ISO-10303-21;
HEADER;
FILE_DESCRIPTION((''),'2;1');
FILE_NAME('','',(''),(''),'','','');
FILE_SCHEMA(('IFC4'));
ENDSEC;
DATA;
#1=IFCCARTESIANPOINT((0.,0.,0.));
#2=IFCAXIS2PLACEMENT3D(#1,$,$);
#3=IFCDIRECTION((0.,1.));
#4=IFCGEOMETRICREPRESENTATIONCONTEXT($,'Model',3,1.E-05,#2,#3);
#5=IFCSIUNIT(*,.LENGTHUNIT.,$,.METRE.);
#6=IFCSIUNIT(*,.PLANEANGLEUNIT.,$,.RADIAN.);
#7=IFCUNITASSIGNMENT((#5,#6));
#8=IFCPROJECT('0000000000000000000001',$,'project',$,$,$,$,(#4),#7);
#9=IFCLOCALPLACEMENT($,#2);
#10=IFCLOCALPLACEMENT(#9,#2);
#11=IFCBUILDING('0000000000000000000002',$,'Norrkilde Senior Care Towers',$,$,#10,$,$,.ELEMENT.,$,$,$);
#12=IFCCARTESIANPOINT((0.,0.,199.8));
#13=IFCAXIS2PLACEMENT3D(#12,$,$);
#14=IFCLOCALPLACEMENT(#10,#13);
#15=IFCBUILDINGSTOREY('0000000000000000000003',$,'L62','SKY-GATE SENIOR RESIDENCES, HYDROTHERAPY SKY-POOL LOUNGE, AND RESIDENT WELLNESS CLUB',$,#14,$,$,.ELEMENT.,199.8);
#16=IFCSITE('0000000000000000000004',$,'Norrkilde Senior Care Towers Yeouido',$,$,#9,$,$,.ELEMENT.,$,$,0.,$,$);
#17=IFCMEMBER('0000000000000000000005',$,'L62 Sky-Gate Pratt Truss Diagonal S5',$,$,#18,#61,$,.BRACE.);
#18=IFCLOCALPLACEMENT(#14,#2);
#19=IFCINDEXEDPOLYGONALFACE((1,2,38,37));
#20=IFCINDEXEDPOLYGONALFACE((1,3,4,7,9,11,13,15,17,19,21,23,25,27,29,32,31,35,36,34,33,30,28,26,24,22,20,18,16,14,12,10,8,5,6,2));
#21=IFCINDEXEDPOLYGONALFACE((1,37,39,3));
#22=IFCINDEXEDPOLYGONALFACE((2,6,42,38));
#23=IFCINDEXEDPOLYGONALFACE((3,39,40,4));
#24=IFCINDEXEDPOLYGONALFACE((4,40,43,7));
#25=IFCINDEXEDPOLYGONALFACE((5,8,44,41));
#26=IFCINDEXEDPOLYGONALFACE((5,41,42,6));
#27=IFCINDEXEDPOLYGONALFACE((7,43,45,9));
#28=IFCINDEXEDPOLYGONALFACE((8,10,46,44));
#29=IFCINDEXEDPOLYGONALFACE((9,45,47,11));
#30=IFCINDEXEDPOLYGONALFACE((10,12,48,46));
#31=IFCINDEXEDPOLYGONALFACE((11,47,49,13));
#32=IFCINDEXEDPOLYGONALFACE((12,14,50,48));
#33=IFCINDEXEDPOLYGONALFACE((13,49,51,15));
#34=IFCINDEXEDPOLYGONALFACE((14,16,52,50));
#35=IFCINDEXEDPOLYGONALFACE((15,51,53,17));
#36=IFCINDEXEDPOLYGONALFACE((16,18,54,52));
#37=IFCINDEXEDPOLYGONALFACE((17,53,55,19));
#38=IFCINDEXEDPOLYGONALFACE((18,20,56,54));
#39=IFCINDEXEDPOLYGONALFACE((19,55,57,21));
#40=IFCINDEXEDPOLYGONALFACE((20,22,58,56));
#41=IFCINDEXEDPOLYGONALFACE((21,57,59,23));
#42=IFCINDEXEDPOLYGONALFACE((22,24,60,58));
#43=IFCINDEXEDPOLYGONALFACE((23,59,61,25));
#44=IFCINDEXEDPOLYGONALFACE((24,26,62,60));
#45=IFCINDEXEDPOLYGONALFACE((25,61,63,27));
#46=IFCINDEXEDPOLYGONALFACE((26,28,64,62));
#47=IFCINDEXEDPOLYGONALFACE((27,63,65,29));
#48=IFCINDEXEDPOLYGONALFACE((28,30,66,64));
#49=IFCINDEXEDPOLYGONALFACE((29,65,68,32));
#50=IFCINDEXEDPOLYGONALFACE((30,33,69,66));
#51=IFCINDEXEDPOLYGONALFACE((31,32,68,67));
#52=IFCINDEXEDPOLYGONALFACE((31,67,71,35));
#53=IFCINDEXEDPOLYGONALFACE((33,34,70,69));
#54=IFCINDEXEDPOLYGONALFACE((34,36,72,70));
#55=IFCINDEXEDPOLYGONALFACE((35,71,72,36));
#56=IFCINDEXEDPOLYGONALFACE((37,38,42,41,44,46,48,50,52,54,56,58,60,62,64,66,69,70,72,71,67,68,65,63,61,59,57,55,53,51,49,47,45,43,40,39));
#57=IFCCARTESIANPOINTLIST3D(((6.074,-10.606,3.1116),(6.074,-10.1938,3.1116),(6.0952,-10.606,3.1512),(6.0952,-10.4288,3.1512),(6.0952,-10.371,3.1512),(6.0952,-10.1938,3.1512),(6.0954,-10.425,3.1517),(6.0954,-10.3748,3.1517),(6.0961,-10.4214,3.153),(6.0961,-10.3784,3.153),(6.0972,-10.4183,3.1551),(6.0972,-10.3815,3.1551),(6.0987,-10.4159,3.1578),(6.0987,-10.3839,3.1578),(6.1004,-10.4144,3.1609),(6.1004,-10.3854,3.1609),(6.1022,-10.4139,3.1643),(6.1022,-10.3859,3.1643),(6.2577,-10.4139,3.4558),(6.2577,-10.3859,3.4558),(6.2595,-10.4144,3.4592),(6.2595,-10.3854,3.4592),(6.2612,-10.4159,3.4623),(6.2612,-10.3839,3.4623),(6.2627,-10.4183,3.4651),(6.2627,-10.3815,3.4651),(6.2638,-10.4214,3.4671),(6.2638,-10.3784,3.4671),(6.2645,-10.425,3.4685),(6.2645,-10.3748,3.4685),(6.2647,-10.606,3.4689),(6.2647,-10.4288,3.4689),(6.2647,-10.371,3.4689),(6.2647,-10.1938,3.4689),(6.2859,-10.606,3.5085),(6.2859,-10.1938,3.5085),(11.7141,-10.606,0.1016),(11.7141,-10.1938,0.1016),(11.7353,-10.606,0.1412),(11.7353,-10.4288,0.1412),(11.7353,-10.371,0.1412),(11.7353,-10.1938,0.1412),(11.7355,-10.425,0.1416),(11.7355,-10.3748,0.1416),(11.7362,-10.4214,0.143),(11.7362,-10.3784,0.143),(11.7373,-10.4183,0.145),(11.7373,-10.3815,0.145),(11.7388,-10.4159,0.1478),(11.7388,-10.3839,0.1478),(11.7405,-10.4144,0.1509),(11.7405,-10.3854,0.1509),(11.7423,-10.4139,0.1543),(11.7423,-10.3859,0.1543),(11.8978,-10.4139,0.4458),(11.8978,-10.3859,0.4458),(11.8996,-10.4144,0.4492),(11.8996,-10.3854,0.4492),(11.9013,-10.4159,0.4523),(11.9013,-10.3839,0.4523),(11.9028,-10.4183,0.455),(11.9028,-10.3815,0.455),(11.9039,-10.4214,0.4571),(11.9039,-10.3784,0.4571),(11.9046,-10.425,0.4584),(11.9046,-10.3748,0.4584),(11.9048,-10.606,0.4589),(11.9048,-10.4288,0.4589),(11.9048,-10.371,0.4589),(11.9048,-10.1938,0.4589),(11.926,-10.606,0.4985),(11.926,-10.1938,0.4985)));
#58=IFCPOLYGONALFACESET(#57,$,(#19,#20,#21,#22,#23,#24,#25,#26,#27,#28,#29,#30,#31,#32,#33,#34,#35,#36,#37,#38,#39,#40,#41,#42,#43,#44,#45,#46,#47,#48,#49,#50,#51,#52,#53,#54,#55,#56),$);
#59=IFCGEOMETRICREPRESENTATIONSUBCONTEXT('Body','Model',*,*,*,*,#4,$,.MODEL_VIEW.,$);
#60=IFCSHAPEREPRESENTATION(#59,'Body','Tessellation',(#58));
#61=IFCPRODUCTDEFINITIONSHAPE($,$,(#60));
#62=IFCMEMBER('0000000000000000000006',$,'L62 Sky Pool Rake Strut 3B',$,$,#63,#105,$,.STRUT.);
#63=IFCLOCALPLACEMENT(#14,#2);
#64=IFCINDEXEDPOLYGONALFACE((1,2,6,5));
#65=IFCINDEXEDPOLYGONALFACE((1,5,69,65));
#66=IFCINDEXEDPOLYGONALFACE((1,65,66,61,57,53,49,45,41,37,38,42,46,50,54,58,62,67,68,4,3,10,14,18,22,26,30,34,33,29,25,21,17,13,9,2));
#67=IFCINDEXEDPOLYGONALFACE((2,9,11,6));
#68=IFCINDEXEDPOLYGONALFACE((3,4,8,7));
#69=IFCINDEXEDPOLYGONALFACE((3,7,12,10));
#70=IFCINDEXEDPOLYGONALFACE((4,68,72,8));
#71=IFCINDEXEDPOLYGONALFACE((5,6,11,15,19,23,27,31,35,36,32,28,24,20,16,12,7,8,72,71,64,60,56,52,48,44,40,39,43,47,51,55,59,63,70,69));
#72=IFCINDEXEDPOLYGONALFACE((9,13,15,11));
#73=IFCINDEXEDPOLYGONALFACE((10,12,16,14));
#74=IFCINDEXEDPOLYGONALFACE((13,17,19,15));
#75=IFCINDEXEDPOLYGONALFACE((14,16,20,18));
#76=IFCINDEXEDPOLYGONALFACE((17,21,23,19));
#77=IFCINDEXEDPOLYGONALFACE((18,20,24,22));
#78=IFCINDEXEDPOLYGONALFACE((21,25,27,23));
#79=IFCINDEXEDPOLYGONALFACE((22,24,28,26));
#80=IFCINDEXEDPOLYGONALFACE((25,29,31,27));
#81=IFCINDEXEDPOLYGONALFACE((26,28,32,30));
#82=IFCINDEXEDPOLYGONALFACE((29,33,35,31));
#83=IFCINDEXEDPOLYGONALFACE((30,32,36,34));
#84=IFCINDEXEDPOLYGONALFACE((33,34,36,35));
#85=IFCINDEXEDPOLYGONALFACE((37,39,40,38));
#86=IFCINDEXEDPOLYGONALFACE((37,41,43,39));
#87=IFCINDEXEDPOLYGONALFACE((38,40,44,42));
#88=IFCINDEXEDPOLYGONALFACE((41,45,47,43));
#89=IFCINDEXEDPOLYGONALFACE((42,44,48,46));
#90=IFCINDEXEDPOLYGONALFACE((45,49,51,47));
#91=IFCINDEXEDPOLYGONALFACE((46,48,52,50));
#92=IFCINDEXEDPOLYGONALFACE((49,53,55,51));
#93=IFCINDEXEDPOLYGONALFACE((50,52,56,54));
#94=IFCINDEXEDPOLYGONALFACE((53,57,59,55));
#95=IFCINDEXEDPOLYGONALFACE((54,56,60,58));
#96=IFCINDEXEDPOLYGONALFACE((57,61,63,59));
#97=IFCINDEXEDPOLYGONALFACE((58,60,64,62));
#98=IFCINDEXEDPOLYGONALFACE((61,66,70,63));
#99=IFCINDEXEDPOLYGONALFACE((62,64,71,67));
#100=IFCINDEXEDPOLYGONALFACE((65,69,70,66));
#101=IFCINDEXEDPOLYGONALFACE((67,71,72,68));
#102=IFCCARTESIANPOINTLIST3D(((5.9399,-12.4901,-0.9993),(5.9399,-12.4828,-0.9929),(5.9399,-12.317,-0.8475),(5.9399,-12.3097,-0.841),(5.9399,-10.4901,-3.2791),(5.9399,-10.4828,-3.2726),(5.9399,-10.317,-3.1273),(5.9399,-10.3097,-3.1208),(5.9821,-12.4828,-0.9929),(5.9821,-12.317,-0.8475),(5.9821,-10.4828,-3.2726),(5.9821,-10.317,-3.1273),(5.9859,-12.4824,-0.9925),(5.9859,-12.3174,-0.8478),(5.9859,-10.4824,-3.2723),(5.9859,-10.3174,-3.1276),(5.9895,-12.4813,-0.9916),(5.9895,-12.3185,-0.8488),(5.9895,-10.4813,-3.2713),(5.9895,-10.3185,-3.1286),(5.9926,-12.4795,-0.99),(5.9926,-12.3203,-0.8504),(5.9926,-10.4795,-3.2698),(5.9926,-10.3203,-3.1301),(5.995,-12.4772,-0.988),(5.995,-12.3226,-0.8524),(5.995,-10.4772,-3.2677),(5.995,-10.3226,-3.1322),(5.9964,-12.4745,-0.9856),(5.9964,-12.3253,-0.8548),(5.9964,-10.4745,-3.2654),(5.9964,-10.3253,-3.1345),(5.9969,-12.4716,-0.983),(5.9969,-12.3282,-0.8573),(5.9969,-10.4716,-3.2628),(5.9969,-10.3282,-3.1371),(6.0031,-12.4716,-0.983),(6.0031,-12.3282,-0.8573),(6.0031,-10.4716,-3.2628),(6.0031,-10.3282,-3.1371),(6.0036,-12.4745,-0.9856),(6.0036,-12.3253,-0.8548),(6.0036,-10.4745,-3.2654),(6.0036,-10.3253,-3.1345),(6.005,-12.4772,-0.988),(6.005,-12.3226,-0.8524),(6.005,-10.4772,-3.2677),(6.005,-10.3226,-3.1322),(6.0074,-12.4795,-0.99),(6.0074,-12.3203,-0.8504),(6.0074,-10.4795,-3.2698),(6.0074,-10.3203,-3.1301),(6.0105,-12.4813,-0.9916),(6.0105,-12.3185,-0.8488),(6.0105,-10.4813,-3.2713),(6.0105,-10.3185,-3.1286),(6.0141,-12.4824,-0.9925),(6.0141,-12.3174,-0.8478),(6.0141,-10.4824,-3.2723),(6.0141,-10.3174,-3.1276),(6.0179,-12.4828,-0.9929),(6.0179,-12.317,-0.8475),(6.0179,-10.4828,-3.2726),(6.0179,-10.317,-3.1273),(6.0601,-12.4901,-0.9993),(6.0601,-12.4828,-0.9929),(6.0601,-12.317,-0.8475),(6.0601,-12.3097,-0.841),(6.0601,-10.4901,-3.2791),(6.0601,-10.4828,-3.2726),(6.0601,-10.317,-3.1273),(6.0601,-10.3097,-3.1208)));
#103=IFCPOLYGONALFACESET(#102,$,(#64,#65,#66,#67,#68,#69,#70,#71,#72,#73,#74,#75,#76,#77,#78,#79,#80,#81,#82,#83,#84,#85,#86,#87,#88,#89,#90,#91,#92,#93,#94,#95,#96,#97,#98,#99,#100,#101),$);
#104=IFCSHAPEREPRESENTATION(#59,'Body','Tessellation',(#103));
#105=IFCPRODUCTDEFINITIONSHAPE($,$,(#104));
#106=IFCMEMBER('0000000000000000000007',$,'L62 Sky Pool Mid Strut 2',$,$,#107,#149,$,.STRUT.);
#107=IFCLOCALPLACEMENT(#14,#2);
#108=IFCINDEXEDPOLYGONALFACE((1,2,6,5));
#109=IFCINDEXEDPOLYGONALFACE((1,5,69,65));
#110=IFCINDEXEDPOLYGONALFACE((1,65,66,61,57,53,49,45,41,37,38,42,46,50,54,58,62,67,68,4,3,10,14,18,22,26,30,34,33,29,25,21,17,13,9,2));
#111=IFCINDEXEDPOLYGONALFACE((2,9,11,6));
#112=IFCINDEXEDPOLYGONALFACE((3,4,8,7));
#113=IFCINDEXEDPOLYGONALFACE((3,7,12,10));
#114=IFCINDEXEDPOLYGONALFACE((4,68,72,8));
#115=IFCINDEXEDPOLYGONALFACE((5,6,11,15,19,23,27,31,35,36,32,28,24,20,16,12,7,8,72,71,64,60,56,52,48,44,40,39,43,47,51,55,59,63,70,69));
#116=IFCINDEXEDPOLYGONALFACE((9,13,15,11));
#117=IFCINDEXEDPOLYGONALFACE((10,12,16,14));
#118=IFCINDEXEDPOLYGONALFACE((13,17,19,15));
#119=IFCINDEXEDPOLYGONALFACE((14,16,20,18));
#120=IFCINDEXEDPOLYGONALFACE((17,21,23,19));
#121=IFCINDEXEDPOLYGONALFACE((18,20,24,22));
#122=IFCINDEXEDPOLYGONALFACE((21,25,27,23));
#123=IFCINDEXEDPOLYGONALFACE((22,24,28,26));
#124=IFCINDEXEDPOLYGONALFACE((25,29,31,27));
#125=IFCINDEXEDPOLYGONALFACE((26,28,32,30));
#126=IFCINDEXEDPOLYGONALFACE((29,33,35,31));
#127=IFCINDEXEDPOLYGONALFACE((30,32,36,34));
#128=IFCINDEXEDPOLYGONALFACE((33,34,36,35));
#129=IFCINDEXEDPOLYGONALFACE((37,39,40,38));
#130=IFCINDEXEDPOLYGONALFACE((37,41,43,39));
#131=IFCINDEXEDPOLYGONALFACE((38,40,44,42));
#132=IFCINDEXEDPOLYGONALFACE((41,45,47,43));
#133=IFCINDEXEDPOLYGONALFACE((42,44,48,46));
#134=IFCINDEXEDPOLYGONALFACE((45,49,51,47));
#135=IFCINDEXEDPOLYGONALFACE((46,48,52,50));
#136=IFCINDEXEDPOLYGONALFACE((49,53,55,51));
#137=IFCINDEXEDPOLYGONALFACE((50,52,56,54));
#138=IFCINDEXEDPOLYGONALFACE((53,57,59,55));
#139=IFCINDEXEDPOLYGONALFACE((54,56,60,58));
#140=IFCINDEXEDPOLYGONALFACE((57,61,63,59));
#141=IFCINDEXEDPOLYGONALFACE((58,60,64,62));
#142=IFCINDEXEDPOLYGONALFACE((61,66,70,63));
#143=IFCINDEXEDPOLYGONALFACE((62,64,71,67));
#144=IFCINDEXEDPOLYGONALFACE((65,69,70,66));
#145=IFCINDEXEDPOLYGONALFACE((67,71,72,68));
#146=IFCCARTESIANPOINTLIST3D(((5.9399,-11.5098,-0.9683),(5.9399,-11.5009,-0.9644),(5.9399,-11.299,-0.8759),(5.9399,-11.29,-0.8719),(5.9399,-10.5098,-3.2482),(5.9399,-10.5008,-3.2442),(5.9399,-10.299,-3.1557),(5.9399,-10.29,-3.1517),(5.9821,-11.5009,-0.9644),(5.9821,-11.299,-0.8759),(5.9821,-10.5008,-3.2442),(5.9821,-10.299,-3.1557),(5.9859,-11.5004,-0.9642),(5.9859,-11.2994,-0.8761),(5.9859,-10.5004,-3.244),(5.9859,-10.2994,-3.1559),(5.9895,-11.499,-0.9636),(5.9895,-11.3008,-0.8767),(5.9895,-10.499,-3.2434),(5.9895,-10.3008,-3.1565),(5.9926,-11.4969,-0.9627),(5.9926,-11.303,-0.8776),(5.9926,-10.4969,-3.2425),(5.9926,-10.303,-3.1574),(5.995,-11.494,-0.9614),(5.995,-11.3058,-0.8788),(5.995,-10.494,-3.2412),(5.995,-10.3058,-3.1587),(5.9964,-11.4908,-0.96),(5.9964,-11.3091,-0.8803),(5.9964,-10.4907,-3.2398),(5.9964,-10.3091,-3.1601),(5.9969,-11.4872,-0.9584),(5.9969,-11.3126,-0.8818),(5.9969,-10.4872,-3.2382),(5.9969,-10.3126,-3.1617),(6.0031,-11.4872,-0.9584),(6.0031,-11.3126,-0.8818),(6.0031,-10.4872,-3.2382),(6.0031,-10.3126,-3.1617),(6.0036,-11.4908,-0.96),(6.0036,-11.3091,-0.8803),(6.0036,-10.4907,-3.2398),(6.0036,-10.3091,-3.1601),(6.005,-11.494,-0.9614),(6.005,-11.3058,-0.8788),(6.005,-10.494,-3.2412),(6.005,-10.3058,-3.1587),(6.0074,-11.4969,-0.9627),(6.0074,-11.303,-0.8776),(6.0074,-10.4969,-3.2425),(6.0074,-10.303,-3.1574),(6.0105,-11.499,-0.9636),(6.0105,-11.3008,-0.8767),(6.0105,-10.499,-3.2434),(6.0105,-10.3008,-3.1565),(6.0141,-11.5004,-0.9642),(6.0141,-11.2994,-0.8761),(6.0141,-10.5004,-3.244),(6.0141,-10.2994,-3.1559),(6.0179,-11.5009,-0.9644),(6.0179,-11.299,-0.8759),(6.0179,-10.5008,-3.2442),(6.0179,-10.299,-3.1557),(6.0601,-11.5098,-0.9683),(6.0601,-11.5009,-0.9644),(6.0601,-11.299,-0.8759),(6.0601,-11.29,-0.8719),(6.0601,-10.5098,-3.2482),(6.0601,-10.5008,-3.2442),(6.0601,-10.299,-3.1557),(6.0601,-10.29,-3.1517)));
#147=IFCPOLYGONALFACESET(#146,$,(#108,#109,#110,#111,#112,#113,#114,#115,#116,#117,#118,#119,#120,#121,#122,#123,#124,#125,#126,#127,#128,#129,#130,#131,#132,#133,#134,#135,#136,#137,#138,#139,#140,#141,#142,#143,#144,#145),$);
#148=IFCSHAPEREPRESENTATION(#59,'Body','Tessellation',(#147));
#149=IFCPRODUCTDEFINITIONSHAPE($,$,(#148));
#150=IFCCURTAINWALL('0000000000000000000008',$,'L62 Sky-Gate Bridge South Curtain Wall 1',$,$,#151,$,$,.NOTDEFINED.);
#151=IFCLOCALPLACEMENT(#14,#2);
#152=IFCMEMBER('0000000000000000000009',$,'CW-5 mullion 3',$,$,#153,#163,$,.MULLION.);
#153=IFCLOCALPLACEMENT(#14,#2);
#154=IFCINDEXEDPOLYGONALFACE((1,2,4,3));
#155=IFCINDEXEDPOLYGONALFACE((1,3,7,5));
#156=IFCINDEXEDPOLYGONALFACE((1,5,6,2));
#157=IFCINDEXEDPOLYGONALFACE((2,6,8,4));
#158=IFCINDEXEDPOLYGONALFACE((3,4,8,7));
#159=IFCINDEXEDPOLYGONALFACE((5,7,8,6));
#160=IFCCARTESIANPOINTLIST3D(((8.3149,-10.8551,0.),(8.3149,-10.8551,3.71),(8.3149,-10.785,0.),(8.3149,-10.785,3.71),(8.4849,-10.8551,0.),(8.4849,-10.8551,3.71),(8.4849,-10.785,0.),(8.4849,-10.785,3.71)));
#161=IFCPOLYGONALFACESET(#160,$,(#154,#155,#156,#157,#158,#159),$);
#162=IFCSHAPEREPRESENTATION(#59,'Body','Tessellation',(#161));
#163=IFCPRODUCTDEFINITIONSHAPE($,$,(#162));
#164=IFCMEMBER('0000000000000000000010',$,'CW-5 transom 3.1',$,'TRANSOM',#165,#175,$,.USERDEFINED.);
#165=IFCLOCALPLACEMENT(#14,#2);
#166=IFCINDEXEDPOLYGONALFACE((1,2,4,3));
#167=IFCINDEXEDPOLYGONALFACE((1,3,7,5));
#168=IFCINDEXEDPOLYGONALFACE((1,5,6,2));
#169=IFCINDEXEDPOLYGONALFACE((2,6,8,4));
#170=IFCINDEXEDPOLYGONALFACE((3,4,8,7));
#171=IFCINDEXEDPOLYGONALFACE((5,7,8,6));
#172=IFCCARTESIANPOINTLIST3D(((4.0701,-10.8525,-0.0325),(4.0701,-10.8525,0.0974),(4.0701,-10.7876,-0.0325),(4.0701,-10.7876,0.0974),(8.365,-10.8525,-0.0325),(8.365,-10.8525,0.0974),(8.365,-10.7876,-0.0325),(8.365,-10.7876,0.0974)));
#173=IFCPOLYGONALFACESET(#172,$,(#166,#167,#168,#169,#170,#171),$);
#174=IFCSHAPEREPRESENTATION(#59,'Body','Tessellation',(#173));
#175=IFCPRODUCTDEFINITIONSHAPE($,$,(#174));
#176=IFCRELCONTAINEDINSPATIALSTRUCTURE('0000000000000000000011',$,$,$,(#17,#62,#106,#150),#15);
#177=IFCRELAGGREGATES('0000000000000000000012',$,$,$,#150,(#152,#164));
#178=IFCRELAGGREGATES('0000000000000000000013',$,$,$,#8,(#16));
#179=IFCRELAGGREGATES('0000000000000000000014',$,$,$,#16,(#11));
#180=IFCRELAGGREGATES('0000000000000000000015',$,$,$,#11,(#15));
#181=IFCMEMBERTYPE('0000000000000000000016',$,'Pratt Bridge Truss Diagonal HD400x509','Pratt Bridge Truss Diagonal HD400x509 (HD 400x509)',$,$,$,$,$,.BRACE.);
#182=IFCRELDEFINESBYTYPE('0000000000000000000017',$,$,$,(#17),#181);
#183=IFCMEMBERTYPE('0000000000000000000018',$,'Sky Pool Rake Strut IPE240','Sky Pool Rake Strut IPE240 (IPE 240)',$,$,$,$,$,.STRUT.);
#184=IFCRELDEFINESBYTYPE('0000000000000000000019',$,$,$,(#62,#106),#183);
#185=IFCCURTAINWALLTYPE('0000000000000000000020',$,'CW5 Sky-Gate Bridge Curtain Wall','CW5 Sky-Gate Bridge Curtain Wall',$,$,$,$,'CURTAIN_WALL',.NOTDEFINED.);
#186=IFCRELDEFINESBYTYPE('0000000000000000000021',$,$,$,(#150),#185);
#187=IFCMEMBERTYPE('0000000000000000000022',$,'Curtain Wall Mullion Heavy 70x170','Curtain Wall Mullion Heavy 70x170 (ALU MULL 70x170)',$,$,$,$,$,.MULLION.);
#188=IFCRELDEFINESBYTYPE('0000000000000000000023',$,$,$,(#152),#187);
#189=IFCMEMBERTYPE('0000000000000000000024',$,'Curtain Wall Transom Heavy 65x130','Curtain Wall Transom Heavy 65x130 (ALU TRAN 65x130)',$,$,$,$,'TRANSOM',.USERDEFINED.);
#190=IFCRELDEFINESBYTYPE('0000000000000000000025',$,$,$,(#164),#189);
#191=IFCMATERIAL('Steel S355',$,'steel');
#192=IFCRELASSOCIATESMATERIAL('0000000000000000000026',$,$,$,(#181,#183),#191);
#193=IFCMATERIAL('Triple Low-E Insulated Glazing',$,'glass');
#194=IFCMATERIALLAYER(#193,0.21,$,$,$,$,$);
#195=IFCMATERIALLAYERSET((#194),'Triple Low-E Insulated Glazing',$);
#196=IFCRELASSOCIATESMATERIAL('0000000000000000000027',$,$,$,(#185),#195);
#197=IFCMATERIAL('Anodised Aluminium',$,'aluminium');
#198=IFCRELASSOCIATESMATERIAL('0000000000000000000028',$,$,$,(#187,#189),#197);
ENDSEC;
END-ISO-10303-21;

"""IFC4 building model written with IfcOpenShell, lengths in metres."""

from ifc_helpers import new_model, si_unit, direction, frame, origin, origin_2d, place, context, subcontext, project, spatial, rectangle, i_section, extrude, source, transform, mapped, material, layer, layer_set, material_profile, profile_set, type_object, type_shapes, element, aggregate, save


model = new_model("IFC4")

# Units and contexts
model_context = context("Model", 3, precision=1e-05, world=origin(), true_north=direction((0.0, 1.0)))
body_context = subcontext(model_context, "Body", "Model", "MODEL_VIEW")
ifc_project = project(units=[si_unit("LENGTHUNIT", "METRE"), si_unit("PLANEANGLEUNIT", "RADIAN")], contexts=[model_context])

# Site, building, storey
site_placement = place(None, origin())
site = spatial("IfcSite", under=ifc_project, at=site_placement, Name="Norrkilde Senior Care Towers Yeouido", CompositionType="ELEMENT", RefElevation=0.0)
building_placement = place(site_placement, origin())
building = spatial("IfcBuilding", under=site, at=building_placement, Name="Norrkilde Senior Care Towers", CompositionType="ELEMENT")
storey_placement = place(building_placement, frame((0.0, 0.0, 199.8)))
storey = spatial("IfcBuildingStorey", under=building, at=storey_placement, Name="L62", Description="SKY-GATE SENIOR RESIDENCES, HYDROTHERAPY SKY-POOL LOUNGE, AND RESIDENT WELLNESS CLUB", CompositionType="ELEMENT", Elevation=199.8)

# Shared definitions
ifc_material_1 = material(Name="Steel S355", Category="steel")

# Members
ifc_material_profile_1 = material_profile(ifc_material_1, i_section(OverallWidth=0.4121, OverallDepth=0.45, WebThickness=0.0281, FlangeThickness=0.0449, FilletRadius=0.0149, at=origin_2d()), Name="HD 400x509")
ifc_profile_set_1 = profile_set([ifc_material_profile_1], Name="Steel S355")
member_type_1 = type_object("IfcMemberType", Name="Pratt Bridge Truss Diagonal HD400x509", Description="Pratt Bridge Truss Diagonal HD400x509 (HD 400x509)", PredefinedType="BRACE", material=ifc_profile_set_1)
shared_shape_1 = source(origin(), body_context, "Body", "SweptSolid", [
    extrude(i_section(OverallWidth=0.4121, OverallDepth=0.45, WebThickness=0.0281, FlangeThickness=0.0449, FilletRadius=0.0149, at=origin_2d()), origin(), (0.0, 0.0, 1.0), 6.3931),
])
type_shapes(member_type_1, [shared_shape_1])
member_1_placement = place(storey_placement, frame((11.8201, -10.3999, 0.3), z_axis=(-0.882227, 0.0, 0.470824), x_axis=(0.0, -1.0, 0.0)))
element("IfcMember", 1, at=member_1_placement, inside=storey, type_object=member_type_1, Name="L62 Sky-Gate Pratt Truss Diagonal S5", PredefinedType="BRACE", context=body_context, shape_type="MappedRepresentation", body=[
    mapped(shared_shape_1, transform((0.0, 0.0, 0.0), x_axis=(1.0, 0.0, 0.0), y_axis=(0.0, 1.0, 0.0), z_axis=(0.0, 0.0, 1.0), scale=1.0)),
])
ifc_material_profile_2 = material_profile(ifc_material_1, i_section(OverallWidth=0.1201, OverallDepth=0.24, WebThickness=0.0061, FlangeThickness=0.0098, FilletRadius=0.0149, at=origin_2d()), Name="IPE 240")
ifc_profile_set_2 = profile_set([ifc_material_profile_2], Name="Steel S355")
member_type_2 = type_object("IfcMemberType", Name="Sky Pool Rake Strut IPE240", Description="Sky Pool Rake Strut IPE240 (IPE 240)", PredefinedType="STRUT", material=ifc_profile_set_2)
shared_shape_2 = source(origin(), body_context, "Body", "SweptSolid", [
    extrude(i_section(OverallWidth=0.1201, OverallDepth=0.24, WebThickness=0.0061, FlangeThickness=0.0098, FilletRadius=0.0149, at=origin_2d()), origin(), (0.0, 0.0, 1.0), 3.0327),
])
member_2_placement = place(storey_placement, frame((6.0, -10.3999, -3.2), z_axis=(0.0, -0.659473, 0.751728), x_axis=(1.0, 0.0, 0.0)))
element("IfcMember", 2, at=member_2_placement, inside=storey, type_object=member_type_2, Name="L62 Sky Pool Rake Strut 3B", PredefinedType="STRUT", context=body_context, shape_type="MappedRepresentation", body=[
    mapped(shared_shape_2, transform((0.0, 0.0, 0.0), x_axis=(1.0, 0.0, 0.0), y_axis=(0.0, 1.0, 0.0), z_axis=(0.0, 0.0, 1.0), scale=1.0)),
])
shared_shape_3 = source(origin(), body_context, "Body", "SweptSolid", [
    extrude(i_section(OverallWidth=0.1201, OverallDepth=0.24, WebThickness=0.0061, FlangeThickness=0.0098, FilletRadius=0.0149, at=origin_2d()), origin(), (0.0, 0.0, 1.0), 2.4895),
])
type_shapes(member_type_2, [shared_shape_2, shared_shape_3])
member_3_placement = place(storey_placement, frame((6.0, -10.3999, -3.2), z_axis=(0.0, -0.401693, 0.915774), x_axis=(1.0, 0.0, 0.0)))
element("IfcMember", 3, at=member_3_placement, inside=storey, type_object=member_type_2, Name="L62 Sky Pool Mid Strut 2", PredefinedType="STRUT", context=body_context, shape_type="MappedRepresentation", body=[
    mapped(shared_shape_3, transform((0.0, 0.0, 0.0), x_axis=(1.0, 0.0, 0.0), y_axis=(0.0, 1.0, 0.0), z_axis=(0.0, 0.0, 1.0), scale=1.0)),
])

# Curtain wall, members
ifc_material_2 = material(Name="Triple Low-E Insulated Glazing", Category="glass")
ifc_layer_1 = layer(ifc_material_2, 0.21)
ifc_layer_set_1 = layer_set([ifc_layer_1], Name="Triple Low-E Insulated Glazing")
curtain_wall_type = type_object("IfcCurtainWallType", Name="CW5 Sky-Gate Bridge Curtain Wall", Description="CW5 Sky-Gate Bridge Curtain Wall", ElementType="CURTAIN_WALL", PredefinedType="NOTDEFINED", material=ifc_layer_set_1)
curtain_wall_placement = place(storey_placement, origin())
curtain_wall = element("IfcCurtainWall", 4, at=curtain_wall_placement, inside=storey, type_object=curtain_wall_type, Name="L62 Sky-Gate Bridge South Curtain Wall 1", PredefinedType="NOTDEFINED")
ifc_material_3 = material(Name="Anodised Aluminium", Category="aluminium")
ifc_material_profile_3 = material_profile(ifc_material_3, rectangle(XDim=0.0701, YDim=0.1699, at=origin_2d()), Name="ALU MULL 70x170")
ifc_profile_set_3 = profile_set([ifc_material_profile_3], Name="Anodised Aluminium")
member_type_3 = type_object("IfcMemberType", Name="Curtain Wall Mullion Heavy 70x170", Description="Curtain Wall Mullion Heavy 70x170 (ALU MULL 70x170)", PredefinedType="MULLION", material=ifc_profile_set_3)
shared_shape_4 = source(origin(), body_context, "Body", "SweptSolid", [
    extrude(rectangle(XDim=0.0701, YDim=0.1699, at=origin_2d()), origin(), (0.0, 0.0, 1.0), 3.71),
])
type_shapes(member_type_3, [shared_shape_4])
member_4_placement = place(storey_placement, frame((8.3999, -10.8201, 0.0), z_axis=(0.0, 0.0, 1.0), x_axis=(0.0, -1.0, 0.0)))
member_4 = element("IfcMember", 5, at=member_4_placement, type_object=member_type_3, Name="CW-5 mullion 3", PredefinedType="MULLION", context=body_context, shape_type="MappedRepresentation", body=[
    mapped(shared_shape_4, transform((0.0, 0.0, 0.0), x_axis=(1.0, 0.0, 0.0), y_axis=(0.0, 1.0, 0.0), z_axis=(0.0, 0.0, 1.0), scale=1.0)),
])
ifc_material_profile_4 = material_profile(ifc_material_3, rectangle(XDim=0.0649, YDim=0.1299, at=origin_2d()), Name="ALU TRAN 65x130")
ifc_profile_set_4 = profile_set([ifc_material_profile_4], Name="Anodised Aluminium")
member_type_4 = type_object("IfcMemberType", Name="Curtain Wall Transom Heavy 65x130", Description="Curtain Wall Transom Heavy 65x130 (ALU TRAN 65x130)", ElementType="TRANSOM", PredefinedType="USERDEFINED", material=ifc_profile_set_4)
shared_shape_5 = source(origin(), body_context, "Body", "SweptSolid", [
    extrude(rectangle(XDim=0.0649, YDim=0.1299, at=origin_2d()), origin(), (0.0, 0.0, 1.0), 4.2949),
])
member_5_placement = place(storey_placement, frame((8.365, -10.8201, 0.0325), z_axis=(-1.0, 0.0, 0.0), x_axis=(0.0, -1.0, 0.0)))
member_5 = element("IfcMember", 6, at=member_5_placement, type_object=member_type_4, Name="CW-5 transom 3.1", ObjectType="TRANSOM", PredefinedType="USERDEFINED", context=body_context, shape_type="MappedRepresentation", body=[
    mapped(shared_shape_5, transform((0.0, 0.0, 0.0), x_axis=(1.0, 0.0, 0.0), y_axis=(0.0, 1.0, 0.0), z_axis=(0.0, 0.0, 1.0), scale=1.0)),
])

aggregate(curtain_wall, [member_4, member_5])

save(model, "model.ifc")
